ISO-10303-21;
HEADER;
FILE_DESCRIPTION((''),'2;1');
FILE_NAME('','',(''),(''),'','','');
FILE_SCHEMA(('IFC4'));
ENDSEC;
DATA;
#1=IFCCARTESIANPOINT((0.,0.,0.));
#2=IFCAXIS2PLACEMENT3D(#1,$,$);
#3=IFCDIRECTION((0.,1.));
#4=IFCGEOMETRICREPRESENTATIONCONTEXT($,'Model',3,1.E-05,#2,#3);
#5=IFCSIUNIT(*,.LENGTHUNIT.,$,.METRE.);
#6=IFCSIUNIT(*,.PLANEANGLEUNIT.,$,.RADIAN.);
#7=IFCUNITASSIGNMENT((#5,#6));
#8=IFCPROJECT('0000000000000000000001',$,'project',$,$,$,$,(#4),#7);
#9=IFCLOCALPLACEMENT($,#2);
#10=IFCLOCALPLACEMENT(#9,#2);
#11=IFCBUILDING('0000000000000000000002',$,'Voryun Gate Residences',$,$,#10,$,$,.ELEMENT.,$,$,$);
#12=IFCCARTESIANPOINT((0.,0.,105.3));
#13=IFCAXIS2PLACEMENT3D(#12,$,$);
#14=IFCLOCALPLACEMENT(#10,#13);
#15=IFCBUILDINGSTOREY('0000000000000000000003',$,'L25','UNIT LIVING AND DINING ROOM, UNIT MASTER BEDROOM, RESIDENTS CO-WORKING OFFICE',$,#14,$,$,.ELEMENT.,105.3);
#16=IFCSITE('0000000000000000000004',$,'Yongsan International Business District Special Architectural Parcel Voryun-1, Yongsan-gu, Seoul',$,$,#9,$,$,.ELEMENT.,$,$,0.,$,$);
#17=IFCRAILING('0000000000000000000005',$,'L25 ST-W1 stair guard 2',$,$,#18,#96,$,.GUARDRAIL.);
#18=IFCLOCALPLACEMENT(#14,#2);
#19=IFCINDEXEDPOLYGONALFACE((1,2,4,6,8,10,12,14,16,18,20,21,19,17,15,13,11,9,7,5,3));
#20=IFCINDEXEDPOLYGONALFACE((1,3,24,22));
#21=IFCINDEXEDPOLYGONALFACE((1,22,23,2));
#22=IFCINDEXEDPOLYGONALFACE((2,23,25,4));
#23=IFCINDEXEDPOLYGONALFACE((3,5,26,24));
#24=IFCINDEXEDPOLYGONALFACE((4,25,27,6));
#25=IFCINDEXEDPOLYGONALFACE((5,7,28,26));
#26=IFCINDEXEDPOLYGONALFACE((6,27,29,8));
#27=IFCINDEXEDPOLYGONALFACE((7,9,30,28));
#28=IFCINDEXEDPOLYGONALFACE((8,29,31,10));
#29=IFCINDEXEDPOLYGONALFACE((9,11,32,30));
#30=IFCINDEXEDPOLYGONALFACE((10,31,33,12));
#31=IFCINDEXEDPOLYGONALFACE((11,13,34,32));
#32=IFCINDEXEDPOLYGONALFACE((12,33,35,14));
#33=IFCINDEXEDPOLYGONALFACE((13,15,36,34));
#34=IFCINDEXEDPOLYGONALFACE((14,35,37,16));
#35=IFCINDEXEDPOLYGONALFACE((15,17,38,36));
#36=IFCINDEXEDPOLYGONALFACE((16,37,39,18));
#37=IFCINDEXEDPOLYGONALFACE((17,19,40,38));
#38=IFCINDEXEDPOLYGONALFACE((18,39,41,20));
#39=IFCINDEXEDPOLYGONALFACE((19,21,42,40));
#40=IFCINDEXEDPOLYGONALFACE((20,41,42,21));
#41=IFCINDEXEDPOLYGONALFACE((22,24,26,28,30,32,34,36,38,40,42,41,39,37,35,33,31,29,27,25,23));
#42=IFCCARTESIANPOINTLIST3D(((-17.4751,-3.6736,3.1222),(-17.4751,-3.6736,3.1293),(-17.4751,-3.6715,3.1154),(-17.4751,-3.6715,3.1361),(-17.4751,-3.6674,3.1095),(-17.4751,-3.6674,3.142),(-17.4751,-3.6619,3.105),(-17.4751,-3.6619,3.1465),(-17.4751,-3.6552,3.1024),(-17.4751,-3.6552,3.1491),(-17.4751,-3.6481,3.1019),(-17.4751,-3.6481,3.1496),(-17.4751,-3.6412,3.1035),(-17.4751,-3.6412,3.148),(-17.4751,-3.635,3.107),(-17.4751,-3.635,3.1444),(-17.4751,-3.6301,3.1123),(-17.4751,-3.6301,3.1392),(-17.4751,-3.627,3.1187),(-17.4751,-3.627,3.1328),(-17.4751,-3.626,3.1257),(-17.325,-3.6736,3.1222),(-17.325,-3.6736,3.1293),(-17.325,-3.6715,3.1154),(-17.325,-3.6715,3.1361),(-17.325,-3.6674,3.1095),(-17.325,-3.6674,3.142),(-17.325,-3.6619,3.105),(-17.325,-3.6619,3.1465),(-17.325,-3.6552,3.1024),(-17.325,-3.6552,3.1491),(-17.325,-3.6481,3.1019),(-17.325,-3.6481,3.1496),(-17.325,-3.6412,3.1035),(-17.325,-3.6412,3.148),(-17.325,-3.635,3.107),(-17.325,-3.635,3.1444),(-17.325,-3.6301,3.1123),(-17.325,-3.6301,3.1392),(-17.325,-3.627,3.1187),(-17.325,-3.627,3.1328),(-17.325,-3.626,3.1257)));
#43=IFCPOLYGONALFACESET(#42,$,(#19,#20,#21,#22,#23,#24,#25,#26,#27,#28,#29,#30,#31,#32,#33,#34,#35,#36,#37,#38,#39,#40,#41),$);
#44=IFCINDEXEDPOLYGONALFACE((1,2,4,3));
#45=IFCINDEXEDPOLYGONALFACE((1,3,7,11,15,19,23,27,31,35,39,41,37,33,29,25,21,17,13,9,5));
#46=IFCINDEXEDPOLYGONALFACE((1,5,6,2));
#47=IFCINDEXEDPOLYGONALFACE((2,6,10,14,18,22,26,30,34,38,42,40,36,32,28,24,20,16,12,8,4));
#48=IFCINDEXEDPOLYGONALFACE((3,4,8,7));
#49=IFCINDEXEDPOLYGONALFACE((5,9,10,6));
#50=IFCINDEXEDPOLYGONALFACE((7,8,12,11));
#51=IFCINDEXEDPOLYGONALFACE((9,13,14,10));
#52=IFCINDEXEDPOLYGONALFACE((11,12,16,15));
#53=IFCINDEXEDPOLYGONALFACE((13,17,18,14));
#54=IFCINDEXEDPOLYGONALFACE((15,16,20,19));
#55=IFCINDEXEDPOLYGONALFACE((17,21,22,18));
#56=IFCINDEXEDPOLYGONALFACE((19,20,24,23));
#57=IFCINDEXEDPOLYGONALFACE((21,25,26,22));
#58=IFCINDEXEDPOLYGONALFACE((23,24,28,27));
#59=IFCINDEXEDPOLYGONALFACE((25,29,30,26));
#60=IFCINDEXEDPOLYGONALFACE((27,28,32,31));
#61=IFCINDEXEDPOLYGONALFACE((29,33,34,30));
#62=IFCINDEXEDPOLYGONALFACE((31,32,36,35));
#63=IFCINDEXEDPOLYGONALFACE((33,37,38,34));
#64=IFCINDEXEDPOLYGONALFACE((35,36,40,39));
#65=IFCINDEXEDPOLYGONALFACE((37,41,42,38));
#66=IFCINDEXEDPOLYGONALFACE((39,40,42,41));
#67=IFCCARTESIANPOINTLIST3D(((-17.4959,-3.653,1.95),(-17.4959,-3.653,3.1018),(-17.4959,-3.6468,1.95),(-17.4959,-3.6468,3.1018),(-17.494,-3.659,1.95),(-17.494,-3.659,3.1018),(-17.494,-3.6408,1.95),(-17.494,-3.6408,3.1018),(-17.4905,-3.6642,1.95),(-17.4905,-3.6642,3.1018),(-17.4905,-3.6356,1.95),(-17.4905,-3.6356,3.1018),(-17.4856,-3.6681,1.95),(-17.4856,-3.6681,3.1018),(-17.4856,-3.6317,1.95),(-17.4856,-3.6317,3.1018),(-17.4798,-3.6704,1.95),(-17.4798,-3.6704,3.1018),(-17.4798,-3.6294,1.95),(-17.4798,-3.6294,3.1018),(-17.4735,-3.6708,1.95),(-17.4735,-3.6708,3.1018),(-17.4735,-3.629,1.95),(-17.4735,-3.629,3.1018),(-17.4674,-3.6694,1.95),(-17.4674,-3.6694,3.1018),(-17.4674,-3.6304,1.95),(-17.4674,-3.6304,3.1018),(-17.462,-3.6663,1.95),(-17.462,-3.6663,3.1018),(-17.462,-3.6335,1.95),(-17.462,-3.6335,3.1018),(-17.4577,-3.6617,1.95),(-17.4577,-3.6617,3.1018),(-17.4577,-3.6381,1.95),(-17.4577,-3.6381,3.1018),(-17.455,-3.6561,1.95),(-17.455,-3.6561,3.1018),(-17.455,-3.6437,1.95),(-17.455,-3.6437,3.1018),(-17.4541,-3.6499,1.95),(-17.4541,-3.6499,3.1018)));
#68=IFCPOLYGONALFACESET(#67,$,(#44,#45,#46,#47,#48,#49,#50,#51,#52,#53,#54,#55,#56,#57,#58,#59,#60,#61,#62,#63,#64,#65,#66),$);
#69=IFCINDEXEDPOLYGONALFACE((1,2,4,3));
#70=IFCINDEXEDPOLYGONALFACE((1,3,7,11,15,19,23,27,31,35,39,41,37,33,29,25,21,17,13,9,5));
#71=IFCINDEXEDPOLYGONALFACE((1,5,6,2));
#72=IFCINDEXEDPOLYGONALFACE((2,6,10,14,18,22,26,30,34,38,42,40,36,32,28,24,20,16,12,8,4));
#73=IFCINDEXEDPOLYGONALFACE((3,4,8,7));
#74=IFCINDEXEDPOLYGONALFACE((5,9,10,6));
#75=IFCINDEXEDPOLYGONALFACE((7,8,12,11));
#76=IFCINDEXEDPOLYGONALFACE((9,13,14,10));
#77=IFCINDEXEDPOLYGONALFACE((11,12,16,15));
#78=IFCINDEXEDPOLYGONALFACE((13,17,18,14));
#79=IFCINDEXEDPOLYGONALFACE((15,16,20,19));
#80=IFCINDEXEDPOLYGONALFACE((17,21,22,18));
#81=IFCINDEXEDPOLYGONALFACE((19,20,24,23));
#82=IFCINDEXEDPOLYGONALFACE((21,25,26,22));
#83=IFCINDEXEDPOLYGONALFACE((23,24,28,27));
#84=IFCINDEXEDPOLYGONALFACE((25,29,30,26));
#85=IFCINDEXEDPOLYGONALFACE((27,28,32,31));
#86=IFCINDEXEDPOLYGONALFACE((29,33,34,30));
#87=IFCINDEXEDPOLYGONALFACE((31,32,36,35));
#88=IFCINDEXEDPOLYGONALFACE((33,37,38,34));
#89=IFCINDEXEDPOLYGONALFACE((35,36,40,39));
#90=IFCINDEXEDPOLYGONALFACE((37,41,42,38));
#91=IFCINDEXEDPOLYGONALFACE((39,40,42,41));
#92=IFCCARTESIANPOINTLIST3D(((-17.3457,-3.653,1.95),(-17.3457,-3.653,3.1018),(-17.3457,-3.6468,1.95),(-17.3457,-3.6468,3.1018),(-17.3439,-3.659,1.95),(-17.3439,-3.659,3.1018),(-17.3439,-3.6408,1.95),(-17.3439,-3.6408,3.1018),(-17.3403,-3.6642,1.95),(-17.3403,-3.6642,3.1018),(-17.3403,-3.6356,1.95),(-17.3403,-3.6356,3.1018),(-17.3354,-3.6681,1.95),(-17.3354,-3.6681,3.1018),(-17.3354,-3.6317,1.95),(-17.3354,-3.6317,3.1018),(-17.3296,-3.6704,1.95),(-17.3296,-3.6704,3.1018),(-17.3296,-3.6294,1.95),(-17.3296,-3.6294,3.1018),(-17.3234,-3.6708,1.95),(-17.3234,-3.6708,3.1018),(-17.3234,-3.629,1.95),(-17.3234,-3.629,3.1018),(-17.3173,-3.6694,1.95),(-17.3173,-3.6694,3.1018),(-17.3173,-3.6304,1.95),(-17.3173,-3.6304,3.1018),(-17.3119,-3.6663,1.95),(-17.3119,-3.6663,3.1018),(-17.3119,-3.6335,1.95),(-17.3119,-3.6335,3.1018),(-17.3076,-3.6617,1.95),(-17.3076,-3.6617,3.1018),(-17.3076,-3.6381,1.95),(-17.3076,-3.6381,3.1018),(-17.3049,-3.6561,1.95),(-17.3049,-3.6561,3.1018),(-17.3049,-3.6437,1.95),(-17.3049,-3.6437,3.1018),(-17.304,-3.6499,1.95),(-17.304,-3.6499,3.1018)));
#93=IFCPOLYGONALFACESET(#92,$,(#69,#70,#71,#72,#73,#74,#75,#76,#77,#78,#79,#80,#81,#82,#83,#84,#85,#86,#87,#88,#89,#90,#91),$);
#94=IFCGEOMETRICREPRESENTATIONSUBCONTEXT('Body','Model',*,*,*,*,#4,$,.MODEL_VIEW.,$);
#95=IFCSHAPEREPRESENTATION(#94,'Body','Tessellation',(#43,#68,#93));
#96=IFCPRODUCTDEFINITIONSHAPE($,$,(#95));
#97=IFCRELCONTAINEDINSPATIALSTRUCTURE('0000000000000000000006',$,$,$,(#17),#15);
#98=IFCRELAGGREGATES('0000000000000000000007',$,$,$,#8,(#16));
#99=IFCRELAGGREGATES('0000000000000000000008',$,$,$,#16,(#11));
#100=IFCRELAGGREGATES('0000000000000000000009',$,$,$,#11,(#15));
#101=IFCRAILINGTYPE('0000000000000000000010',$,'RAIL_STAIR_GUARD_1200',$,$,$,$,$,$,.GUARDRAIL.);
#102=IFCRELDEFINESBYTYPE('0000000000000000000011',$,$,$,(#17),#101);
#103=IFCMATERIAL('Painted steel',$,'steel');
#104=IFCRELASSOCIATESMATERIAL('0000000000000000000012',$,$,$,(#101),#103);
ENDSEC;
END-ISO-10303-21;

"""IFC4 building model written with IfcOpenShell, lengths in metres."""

from ifc_helpers import new_model, si_unit, direction, frame, origin, origin_2d, place, context, subcontext, project, spatial, circle, extrude, material, type_object, element, save


model = new_model("IFC4")

# Units and contexts
model_context = context("Model", 3, precision=1e-05, world=origin(), true_north=direction((0.0, 1.0)))
body_context = subcontext(model_context, "Body", "Model", "MODEL_VIEW")
ifc_project = project(units=[si_unit("LENGTHUNIT", "METRE"), si_unit("PLANEANGLEUNIT", "RADIAN")], contexts=[model_context])

# Site, building, storey
site_placement = place(None, origin())
site = spatial("IfcSite", under=ifc_project, at=site_placement, Name="Yongsan International Business District Special Architectural Parcel Voryun-1, Yongsan-gu, Seoul", CompositionType="ELEMENT", RefElevation=0.0)
building_placement = place(site_placement, origin())
building = spatial("IfcBuilding", under=site, at=building_placement, Name="Voryun Gate Residences", CompositionType="ELEMENT")
storey_placement = place(building_placement, frame((0.0, 0.0, 105.3)))
storey = spatial("IfcBuildingStorey", under=building, at=storey_placement, Name="L25", Description="UNIT LIVING AND DINING ROOM, UNIT MASTER BEDROOM, RESIDENTS CO-WORKING OFFICE", CompositionType="ELEMENT", Elevation=105.3)

# Railing
ifc_material_1 = material(Name="Painted steel", Category="steel")
railing_type = type_object("IfcRailingType", Name="RAIL_STAIR_GUARD_1200", PredefinedType="GUARDRAIL", material=ifc_material_1)
railing_1_placement = place(storey_placement, frame((-17.4751, -3.6499, 1.95)))
element("IfcRailing", 1, at=railing_1_placement, inside=storey, type_object=railing_type, Name="L25 ST-W1 stair guard 2", PredefinedType="GUARDRAIL", context=body_context, shape_type="SweptSolid", body=[
    extrude(circle(Radius=0.0239, at=origin_2d()), frame((0.0, 0.0, 1.1758), z_axis=(1.0, 0.0, 0.0), x_axis=(0.0, 1.0, 0.0)), (0.0, 0.0, 1.0), 0.1501),
    extrude(circle(Radius=0.021, at=origin_2d()), origin(), (0.0, 0.0, 1.0), 1.1519),
    extrude(circle(Radius=0.021, at=origin_2d()), frame((0.1501, 0.0, 0.0)), (0.0, 0.0, 1.0), 1.1519),
])

save(model, "model.ifc")
